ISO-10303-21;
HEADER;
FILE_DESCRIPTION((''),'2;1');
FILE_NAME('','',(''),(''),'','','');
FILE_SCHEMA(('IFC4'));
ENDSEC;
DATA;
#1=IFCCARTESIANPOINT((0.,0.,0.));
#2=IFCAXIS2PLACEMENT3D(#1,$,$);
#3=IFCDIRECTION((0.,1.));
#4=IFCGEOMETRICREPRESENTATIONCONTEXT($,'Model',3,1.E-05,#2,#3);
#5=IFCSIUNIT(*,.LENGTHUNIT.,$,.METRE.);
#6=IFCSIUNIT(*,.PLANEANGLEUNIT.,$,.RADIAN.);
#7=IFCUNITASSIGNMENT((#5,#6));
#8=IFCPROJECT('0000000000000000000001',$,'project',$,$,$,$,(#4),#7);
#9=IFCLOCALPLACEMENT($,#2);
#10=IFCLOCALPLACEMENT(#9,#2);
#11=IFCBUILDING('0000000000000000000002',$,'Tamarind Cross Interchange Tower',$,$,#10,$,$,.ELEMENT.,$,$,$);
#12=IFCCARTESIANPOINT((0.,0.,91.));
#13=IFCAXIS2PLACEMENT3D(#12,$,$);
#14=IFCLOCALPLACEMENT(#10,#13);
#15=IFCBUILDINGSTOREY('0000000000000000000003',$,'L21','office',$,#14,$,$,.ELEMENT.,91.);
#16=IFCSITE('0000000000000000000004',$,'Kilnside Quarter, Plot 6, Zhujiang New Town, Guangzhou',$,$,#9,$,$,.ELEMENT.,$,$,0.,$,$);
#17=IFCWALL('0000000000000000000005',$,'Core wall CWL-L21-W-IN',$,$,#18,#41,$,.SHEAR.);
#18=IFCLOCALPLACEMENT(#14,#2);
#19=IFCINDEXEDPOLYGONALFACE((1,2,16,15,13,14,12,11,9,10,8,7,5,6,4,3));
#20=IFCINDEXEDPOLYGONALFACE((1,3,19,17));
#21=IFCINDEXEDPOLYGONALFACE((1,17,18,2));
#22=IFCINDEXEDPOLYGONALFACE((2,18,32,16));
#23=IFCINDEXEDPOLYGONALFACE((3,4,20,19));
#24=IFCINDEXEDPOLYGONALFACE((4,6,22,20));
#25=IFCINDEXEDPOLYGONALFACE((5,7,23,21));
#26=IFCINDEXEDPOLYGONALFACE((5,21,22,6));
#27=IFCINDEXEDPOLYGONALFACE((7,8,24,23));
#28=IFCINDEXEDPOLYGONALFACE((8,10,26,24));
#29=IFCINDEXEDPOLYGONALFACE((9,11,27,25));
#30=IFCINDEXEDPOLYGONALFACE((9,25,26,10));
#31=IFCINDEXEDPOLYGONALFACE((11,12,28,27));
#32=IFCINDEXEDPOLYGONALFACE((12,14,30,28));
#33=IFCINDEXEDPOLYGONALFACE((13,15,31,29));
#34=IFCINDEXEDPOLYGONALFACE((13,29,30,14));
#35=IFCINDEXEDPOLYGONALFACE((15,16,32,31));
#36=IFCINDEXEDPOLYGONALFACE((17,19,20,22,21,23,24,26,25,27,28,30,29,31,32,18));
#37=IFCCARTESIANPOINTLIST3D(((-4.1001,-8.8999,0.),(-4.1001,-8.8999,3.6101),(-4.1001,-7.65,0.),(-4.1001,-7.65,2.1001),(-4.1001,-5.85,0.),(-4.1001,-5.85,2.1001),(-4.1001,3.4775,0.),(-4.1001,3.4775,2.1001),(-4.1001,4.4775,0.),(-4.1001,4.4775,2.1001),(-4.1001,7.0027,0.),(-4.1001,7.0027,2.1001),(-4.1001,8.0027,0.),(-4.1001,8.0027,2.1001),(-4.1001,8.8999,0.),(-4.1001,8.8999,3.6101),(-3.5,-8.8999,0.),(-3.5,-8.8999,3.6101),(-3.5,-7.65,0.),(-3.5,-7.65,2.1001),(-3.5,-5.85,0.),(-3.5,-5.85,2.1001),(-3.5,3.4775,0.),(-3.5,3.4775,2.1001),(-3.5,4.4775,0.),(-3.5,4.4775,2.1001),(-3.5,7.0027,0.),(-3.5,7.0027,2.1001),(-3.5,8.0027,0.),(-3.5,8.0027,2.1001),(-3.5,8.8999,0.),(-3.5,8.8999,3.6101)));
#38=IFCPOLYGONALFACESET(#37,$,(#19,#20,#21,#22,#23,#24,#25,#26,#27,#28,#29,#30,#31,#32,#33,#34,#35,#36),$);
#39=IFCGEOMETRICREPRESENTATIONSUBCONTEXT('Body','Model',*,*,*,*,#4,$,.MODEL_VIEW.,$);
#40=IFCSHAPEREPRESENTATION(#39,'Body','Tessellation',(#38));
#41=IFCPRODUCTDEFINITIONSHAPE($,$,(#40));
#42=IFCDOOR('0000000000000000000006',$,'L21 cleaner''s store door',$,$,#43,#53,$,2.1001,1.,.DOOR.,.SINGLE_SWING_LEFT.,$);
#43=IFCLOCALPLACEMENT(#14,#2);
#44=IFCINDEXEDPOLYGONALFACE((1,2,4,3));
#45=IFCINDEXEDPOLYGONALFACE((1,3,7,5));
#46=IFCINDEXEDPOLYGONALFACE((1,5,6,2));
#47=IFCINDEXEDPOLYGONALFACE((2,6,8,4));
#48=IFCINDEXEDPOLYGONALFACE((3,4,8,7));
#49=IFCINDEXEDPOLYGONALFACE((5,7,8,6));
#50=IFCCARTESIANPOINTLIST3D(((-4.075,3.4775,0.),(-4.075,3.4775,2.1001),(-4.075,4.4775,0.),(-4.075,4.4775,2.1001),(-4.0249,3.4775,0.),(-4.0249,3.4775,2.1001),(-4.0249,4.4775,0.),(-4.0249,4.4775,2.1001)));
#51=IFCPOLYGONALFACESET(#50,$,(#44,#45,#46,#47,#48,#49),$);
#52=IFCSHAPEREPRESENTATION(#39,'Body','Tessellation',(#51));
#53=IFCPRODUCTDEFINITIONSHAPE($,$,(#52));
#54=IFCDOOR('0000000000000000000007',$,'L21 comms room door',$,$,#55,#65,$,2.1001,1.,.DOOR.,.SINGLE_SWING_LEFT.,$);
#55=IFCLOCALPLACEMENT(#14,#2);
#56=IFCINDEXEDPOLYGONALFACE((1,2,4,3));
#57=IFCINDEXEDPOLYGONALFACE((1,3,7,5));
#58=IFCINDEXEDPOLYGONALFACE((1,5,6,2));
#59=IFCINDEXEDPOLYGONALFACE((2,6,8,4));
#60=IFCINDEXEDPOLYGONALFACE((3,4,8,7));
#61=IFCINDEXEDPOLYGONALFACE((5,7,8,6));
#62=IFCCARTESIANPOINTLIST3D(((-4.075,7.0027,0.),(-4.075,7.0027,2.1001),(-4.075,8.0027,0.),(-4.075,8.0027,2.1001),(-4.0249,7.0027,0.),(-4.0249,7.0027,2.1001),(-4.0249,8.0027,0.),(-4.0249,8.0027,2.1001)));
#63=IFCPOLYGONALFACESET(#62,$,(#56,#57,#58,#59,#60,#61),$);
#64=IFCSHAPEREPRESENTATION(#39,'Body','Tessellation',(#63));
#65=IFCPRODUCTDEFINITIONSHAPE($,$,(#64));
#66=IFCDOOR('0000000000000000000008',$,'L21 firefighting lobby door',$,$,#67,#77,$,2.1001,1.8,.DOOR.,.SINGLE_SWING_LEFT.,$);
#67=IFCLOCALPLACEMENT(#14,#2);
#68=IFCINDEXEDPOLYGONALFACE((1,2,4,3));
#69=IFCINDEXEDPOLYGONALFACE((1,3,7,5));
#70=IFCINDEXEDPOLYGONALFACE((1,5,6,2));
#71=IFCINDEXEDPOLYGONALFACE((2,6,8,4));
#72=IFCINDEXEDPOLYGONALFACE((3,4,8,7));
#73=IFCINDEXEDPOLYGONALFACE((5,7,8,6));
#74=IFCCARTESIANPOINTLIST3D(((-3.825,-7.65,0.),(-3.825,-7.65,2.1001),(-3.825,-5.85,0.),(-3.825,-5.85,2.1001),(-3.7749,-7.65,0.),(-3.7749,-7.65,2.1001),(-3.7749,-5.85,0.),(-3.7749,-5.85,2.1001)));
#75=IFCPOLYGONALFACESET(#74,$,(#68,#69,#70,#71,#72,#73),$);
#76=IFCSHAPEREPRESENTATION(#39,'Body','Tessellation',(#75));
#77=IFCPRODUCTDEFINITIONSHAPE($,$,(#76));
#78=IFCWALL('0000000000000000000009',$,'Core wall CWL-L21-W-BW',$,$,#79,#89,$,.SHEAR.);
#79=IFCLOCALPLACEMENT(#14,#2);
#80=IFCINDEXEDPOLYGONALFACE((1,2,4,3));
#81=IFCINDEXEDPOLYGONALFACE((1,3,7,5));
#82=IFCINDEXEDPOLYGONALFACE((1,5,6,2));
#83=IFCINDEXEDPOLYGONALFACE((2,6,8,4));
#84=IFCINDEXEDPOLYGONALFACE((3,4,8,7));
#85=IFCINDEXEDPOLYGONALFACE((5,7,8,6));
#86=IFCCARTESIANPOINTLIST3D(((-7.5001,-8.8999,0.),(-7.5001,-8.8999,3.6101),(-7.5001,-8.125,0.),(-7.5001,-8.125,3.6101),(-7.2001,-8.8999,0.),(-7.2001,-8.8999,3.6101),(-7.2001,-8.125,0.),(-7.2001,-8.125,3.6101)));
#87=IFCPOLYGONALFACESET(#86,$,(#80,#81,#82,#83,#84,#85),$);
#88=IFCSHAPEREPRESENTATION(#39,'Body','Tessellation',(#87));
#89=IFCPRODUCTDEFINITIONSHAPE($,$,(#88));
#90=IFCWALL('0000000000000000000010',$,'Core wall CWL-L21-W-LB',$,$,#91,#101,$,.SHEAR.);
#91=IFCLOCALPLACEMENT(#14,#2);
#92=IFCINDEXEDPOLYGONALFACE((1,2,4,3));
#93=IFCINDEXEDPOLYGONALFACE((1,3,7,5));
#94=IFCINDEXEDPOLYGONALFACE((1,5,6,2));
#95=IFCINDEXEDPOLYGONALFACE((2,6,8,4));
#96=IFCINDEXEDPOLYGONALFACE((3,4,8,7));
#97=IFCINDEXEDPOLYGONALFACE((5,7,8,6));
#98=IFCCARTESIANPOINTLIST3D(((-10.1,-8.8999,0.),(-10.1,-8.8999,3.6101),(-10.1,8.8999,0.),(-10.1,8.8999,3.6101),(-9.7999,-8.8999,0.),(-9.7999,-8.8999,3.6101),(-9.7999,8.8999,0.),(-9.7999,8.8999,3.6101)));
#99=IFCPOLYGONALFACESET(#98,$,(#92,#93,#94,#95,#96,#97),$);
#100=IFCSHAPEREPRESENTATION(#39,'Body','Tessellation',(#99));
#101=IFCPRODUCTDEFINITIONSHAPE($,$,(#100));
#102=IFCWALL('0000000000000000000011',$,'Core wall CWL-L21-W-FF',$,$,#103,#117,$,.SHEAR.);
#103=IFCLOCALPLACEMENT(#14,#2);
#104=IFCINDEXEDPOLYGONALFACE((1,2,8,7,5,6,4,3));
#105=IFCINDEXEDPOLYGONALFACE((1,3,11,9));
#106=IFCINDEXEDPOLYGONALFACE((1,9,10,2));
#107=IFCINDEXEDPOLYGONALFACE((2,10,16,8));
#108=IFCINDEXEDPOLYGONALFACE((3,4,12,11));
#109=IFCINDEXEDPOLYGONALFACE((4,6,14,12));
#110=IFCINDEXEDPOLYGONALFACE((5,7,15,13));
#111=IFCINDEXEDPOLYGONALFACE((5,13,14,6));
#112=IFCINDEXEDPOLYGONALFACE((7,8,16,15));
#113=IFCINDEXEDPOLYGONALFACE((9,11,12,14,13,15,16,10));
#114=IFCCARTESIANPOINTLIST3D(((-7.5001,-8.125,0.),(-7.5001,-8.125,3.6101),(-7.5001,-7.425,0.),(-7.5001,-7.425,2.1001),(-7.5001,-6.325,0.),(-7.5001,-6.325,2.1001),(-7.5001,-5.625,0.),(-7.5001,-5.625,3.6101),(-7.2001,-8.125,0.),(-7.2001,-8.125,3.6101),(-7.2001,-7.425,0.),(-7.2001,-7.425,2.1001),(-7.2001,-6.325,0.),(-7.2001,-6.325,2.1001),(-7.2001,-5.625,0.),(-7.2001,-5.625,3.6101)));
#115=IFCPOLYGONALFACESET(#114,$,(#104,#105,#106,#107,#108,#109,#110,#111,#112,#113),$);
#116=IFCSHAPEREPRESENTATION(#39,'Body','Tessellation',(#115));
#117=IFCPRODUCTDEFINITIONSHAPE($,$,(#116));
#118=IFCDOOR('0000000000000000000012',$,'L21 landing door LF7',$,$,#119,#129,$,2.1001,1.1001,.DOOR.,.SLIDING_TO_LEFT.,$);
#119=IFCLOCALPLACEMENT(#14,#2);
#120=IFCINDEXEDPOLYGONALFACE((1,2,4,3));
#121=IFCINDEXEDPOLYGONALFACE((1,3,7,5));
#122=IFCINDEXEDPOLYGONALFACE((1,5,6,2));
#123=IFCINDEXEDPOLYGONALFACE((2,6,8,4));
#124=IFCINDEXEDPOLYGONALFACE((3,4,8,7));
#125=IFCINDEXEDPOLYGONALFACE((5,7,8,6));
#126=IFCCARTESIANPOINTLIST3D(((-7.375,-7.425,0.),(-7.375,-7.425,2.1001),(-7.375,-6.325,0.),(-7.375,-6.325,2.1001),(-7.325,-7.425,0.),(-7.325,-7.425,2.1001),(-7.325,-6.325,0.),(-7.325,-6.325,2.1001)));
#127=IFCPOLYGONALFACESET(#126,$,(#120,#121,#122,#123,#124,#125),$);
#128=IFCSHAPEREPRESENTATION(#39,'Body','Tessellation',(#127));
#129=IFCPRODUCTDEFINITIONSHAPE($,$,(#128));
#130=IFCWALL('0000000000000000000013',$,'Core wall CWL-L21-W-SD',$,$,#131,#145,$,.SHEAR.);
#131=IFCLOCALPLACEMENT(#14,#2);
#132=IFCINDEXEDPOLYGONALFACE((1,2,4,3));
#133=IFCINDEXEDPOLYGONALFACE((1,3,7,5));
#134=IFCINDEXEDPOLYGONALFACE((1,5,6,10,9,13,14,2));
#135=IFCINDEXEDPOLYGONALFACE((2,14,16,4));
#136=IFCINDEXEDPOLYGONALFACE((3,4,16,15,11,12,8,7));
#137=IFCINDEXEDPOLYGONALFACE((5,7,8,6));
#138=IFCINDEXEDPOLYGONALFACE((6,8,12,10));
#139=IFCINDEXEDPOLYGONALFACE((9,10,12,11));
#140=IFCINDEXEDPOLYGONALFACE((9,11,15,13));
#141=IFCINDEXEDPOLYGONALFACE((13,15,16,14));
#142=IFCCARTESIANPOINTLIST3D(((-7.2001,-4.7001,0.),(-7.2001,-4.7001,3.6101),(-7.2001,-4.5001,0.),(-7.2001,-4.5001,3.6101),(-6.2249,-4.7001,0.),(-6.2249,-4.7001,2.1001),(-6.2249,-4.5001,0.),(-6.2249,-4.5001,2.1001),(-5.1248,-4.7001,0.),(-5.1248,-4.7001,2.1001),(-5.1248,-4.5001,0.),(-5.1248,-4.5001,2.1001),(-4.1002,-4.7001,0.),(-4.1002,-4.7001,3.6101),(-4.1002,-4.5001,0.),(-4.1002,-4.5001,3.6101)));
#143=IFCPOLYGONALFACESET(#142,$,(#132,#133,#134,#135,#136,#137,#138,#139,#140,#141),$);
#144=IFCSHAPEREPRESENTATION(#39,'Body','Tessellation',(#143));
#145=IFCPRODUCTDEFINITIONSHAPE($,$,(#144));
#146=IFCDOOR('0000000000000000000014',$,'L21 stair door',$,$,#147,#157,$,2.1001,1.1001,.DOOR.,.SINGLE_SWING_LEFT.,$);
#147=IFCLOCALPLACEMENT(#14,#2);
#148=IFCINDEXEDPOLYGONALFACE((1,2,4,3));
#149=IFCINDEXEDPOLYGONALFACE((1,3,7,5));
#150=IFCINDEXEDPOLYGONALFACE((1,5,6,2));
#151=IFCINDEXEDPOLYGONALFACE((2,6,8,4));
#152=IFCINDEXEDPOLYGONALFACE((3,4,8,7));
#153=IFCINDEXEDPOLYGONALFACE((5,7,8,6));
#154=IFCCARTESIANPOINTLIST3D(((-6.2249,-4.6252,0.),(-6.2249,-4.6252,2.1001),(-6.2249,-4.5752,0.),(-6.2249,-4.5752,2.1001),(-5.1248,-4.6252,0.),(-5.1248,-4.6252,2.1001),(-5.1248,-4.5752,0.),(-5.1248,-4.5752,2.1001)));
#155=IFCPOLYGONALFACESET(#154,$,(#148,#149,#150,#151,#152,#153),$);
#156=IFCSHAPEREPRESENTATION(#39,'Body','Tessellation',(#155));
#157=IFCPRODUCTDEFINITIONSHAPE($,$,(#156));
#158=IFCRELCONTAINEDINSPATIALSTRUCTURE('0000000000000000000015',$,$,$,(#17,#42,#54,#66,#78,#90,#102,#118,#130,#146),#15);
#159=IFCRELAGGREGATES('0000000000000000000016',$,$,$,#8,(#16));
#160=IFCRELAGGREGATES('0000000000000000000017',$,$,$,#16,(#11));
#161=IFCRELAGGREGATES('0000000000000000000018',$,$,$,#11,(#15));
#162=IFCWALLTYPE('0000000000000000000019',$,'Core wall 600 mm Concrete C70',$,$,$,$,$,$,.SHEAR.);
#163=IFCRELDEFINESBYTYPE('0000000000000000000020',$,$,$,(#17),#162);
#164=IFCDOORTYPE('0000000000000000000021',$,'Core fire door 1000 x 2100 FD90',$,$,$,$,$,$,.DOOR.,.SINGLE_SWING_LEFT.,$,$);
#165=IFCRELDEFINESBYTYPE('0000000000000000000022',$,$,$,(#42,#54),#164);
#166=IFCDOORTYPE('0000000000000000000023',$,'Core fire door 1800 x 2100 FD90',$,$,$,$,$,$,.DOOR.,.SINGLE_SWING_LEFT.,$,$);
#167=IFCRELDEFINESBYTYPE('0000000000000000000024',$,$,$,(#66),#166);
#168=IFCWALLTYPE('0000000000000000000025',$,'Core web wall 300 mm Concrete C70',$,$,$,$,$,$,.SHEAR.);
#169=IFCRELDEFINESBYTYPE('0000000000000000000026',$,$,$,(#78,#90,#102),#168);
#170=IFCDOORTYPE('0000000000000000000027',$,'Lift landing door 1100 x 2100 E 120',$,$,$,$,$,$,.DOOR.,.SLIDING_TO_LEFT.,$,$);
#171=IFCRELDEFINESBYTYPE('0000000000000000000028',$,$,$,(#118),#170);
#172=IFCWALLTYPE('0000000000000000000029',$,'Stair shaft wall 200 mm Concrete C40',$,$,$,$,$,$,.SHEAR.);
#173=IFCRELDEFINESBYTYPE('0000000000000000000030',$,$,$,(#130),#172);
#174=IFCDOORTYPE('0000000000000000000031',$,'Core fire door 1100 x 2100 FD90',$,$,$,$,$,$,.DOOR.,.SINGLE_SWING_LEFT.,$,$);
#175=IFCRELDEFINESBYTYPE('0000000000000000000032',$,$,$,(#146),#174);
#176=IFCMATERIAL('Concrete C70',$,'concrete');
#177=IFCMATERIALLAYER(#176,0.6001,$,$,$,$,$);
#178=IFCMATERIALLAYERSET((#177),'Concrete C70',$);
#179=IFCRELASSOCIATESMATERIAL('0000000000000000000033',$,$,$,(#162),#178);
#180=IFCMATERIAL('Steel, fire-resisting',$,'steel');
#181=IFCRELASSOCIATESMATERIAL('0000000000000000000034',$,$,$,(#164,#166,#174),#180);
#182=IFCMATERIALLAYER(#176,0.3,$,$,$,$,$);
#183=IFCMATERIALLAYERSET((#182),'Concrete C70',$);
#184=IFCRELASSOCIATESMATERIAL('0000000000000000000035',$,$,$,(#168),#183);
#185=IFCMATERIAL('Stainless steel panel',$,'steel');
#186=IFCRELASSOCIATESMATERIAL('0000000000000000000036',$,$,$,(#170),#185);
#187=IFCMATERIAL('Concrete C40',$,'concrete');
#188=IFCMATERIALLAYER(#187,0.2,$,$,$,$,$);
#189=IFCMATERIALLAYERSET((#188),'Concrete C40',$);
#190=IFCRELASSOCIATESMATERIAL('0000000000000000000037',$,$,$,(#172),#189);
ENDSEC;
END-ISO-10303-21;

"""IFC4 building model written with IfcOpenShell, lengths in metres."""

from ifc_helpers import new_model, si_unit, direction, frame, frame_2d, origin, place, context, subcontext, project, spatial, rectangle, extrude, material, layer, layer_set, type_object, element, fill, save


model = new_model("IFC4")

# Units and contexts
model_context = context("Model", 3, precision=1e-05, world=origin(), true_north=direction((0.0, 1.0)))
body_context = subcontext(model_context, "Body", "Model", "MODEL_VIEW")
ifc_project = project(units=[si_unit("LENGTHUNIT", "METRE"), si_unit("PLANEANGLEUNIT", "RADIAN")], contexts=[model_context])

# Site, building, storey
site_placement = place(None, origin())
site = spatial("IfcSite", under=ifc_project, at=site_placement, Name="Kilnside Quarter, Plot 6, Zhujiang New Town, Guangzhou", CompositionType="ELEMENT", RefElevation=0.0)
building_placement = place(site_placement, origin())
building = spatial("IfcBuilding", under=site, at=building_placement, Name="Tamarind Cross Interchange Tower", CompositionType="ELEMENT")
storey_placement = place(building_placement, frame((0.0, 0.0, 91.0)))
storey = spatial("IfcBuildingStorey", under=building, at=storey_placement, Name="L21", Description="office", CompositionType="ELEMENT", Elevation=91.0)

# Wall, openings, doors
ifc_material_1 = material(Name="Concrete C70", Category="concrete")
ifc_layer_1 = layer(ifc_material_1, 0.6001)
ifc_layer_set_1 = layer_set([ifc_layer_1], Name="Concrete C70")
wall_type_1 = type_object("IfcWallType", Name="Core wall 600 mm Concrete C70", PredefinedType="SHEAR", material=ifc_layer_set_1)
wall_1_placement = place(storey_placement, frame((-3.8, -8.8999, 0.0), z_axis=(0.0, 0.0, 1.0), x_axis=(0.0, 1.0, 0.0)))
wall_1 = element("IfcWall", 1, at=wall_1_placement, inside=storey, type_object=wall_type_1, Name="Core wall CWL-L21-W-IN", PredefinedType="SHEAR", context=body_context, shape_type="SweptSolid", body=[
    extrude(rectangle(XDim=17.7998, YDim=0.6001, at=frame_2d((8.8999, 0.0))), origin(), (0.0, 0.0, 1.0), 3.6101),
])
opening_1_placement = place(wall_1_placement, frame((1.25, 0.0, 0.0)))
opening_1 = element("IfcOpeningElement", 2, at=opening_1_placement, cuts=wall_1, PredefinedType="OPENING", context=body_context, shape_type="SweptSolid", body=[
    extrude(rectangle(XDim=1.8, YDim=2.1001, at=frame_2d((0.8999, 1.05))), frame((0.0, 0.3101, 0.0), z_axis=(0.0, -1.0, 0.0), x_axis=(1.0, 0.0, 0.0)), (0.0, 0.0, 1.0), 0.6201),
])
opening_2_placement = place(wall_1_placement, frame((12.3774, 0.0, 0.0)))
opening_2 = element("IfcOpeningElement", 3, at=opening_2_placement, cuts=wall_1, PredefinedType="OPENING", context=body_context, shape_type="SweptSolid", body=[
    extrude(rectangle(XDim=1.0, YDim=2.1001, at=frame_2d((0.5, 1.05))), frame((0.0, 0.3101, 0.0), z_axis=(0.0, -1.0, 0.0), x_axis=(1.0, 0.0, 0.0)), (0.0, 0.0, 1.0), 0.6201),
])
opening_3_placement = place(wall_1_placement, frame((15.9026, 0.0, 0.0)))
opening_3 = element("IfcOpeningElement", 4, at=opening_3_placement, cuts=wall_1, PredefinedType="OPENING", context=body_context, shape_type="SweptSolid", body=[
    extrude(rectangle(XDim=1.0, YDim=2.1001, at=frame_2d((0.5, 1.05))), frame((0.0, 0.3101, 0.0), z_axis=(0.0, -1.0, 0.0), x_axis=(1.0, 0.0, 0.0)), (0.0, 0.0, 1.0), 0.6201),
])
ifc_material_2 = material(Name="Steel, fire-resisting", Category="steel")
door_type_1 = type_object("IfcDoorType", Name="Core fire door 1000 x 2100 FD90", OperationType="SINGLE_SWING_LEFT", PredefinedType="DOOR", material=ifc_material_2)
door_1_placement = place(opening_2_placement, origin())
door_1 = element("IfcDoor", 5, at=door_1_placement, inside=storey, type_object=door_type_1, Name="L21 cleaner's store door", OperationType="SINGLE_SWING_LEFT", OverallHeight=2.1001, OverallWidth=1.0, PredefinedType="DOOR", context=body_context, shape_type="SweptSolid", body=[
    extrude(rectangle(XDim=1.0, YDim=2.1001, at=frame_2d((0.5, 1.05))), frame((0.0, 0.2749, 0.0), z_axis=(0.0, -1.0, 0.0), x_axis=(1.0, 0.0, 0.0)), (0.0, 0.0, 1.0), 0.05),
])
fill(opening_2, door_1)
door_2_placement = place(opening_3_placement, origin())
door_2 = element("IfcDoor", 6, at=door_2_placement, inside=storey, type_object=door_type_1, Name="L21 comms room door", OperationType="SINGLE_SWING_LEFT", OverallHeight=2.1001, OverallWidth=1.0, PredefinedType="DOOR", context=body_context, shape_type="SweptSolid", body=[
    extrude(rectangle(XDim=1.0, YDim=2.1001, at=frame_2d((0.5, 1.05))), frame((0.0, 0.2749, 0.0), z_axis=(0.0, -1.0, 0.0), x_axis=(1.0, 0.0, 0.0)), (0.0, 0.0, 1.0), 0.05),
])
fill(opening_3, door_2)
door_type_2 = type_object("IfcDoorType", Name="Core fire door 1800 x 2100 FD90", OperationType="SINGLE_SWING_LEFT", PredefinedType="DOOR", material=ifc_material_2)
door_3_placement = place(opening_1_placement, origin())
door_3 = element("IfcDoor", 7, at=door_3_placement, inside=storey, type_object=door_type_2, Name="L21 firefighting lobby door", OperationType="SINGLE_SWING_LEFT", OverallHeight=2.1001, OverallWidth=1.8, PredefinedType="DOOR", context=body_context, shape_type="SweptSolid", body=[
    extrude(rectangle(XDim=1.8, YDim=2.1001, at=frame_2d((0.8999, 1.05))), frame((0.0, 0.0249, 0.0), z_axis=(0.0, -1.0, 0.0), x_axis=(1.0, 0.0, 0.0)), (0.0, 0.0, 1.0), 0.05),
])
fill(opening_1, door_3)

# Walls
ifc_layer_2 = layer(ifc_material_1, 0.3)
ifc_layer_set_2 = layer_set([ifc_layer_2], Name="Concrete C70")
wall_type_2 = type_object("IfcWallType", Name="Core web wall 300 mm Concrete C70", PredefinedType="SHEAR", material=ifc_layer_set_2)
wall_2_placement = place(storey_placement, frame((-7.3501, -8.8999, 0.0), z_axis=(0.0, 0.0, 1.0), x_axis=(0.0, 1.0, 0.0)))
element("IfcWall", 8, at=wall_2_placement, inside=storey, type_object=wall_type_2, Name="Core wall CWL-L21-W-BW", PredefinedType="SHEAR", context=body_context, shape_type="SweptSolid", body=[
    extrude(rectangle(XDim=0.7749, YDim=0.3, at=frame_2d((0.3875, 0.0))), origin(), (0.0, 0.0, 1.0), 3.6101),
])
wall_3_placement = place(storey_placement, frame((-9.95, -8.8999, 0.0), z_axis=(0.0, 0.0, 1.0), x_axis=(0.0, 1.0, 0.0)))
element("IfcWall", 9, at=wall_3_placement, inside=storey, type_object=wall_type_2, Name="Core wall CWL-L21-W-LB", PredefinedType="SHEAR", context=body_context, shape_type="SweptSolid", body=[
    extrude(rectangle(XDim=17.7998, YDim=0.3, at=frame_2d((8.8999, 0.0))), origin(), (0.0, 0.0, 1.0), 3.6101),
])

# Walls, openings, doors
wall_4_placement = place(storey_placement, frame((-7.3501, -8.125, 0.0), z_axis=(0.0, 0.0, 1.0), x_axis=(0.0, 1.0, 0.0)))
wall_4 = element("IfcWall", 10, at=wall_4_placement, inside=storey, type_object=wall_type_2, Name="Core wall CWL-L21-W-FF", PredefinedType="SHEAR", context=body_context, shape_type="SweptSolid", body=[
    extrude(rectangle(XDim=2.5, YDim=0.3, at=frame_2d((1.25, 0.0))), origin(), (0.0, 0.0, 1.0), 3.6101),
])
opening_4_placement = place(wall_4_placement, frame((0.7, 0.0, 0.0)))
opening_4 = element("IfcOpeningElement", 11, at=opening_4_placement, cuts=wall_4, PredefinedType="OPENING", context=body_context, shape_type="SweptSolid", body=[
    extrude(rectangle(XDim=1.1001, YDim=2.1001, at=frame_2d((0.55, 1.05))), frame((0.0, 0.1599, 0.0), z_axis=(0.0, -1.0, 0.0), x_axis=(1.0, 0.0, 0.0)), (0.0, 0.0, 1.0), 0.3201),
])
ifc_material_3 = material(Name="Stainless steel panel", Category="steel")
door_type_3 = type_object("IfcDoorType", Name="Lift landing door 1100 x 2100 E 120", OperationType="SLIDING_TO_LEFT", PredefinedType="DOOR", material=ifc_material_3)
door_4_placement = place(opening_4_placement, origin())
door_4 = element("IfcDoor", 12, at=door_4_placement, inside=storey, type_object=door_type_3, Name="L21 landing door LF7", OperationType="SLIDING_TO_LEFT", OverallHeight=2.1001, OverallWidth=1.1001, PredefinedType="DOOR", context=body_context, shape_type="SweptSolid", body=[
    extrude(rectangle(XDim=1.1001, YDim=2.1001, at=frame_2d((0.55, 1.05))), frame((0.0, 0.0249, 0.0), z_axis=(0.0, -1.0, 0.0), x_axis=(1.0, 0.0, 0.0)), (0.0, 0.0, 1.0), 0.05),
])
fill(opening_4, door_4)
ifc_material_4 = material(Name="Concrete C40", Category="concrete")
ifc_layer_3 = layer(ifc_material_4, 0.2)
ifc_layer_set_3 = layer_set([ifc_layer_3], Name="Concrete C40")
wall_type_3 = type_object("IfcWallType", Name="Stair shaft wall 200 mm Concrete C40", PredefinedType="SHEAR", material=ifc_layer_set_3)
wall_5_placement = place(storey_placement, frame((-7.2, -4.6001, 0.0), z_axis=(0.0, 0.0, 1.0), x_axis=(1.0, 0.0, 0.0)))
wall_5 = element("IfcWall", 13, at=wall_5_placement, inside=storey, type_object=wall_type_3, Name="Core wall CWL-L21-W-SD", PredefinedType="SHEAR", context=body_context, shape_type="SweptSolid", body=[
    extrude(rectangle(XDim=3.0999, YDim=0.2, at=frame_2d((1.5498, 0.0))), origin(), (0.0, 0.0, 1.0), 3.6101),
])
opening_5_placement = place(wall_5_placement, frame((0.9751, 0.0, 0.0)))
opening_5 = element("IfcOpeningElement", 14, at=opening_5_placement, cuts=wall_5, PredefinedType="OPENING", context=body_context, shape_type="SweptSolid", body=[
    extrude(rectangle(XDim=1.1001, YDim=2.1001, at=frame_2d((0.55, 1.05))), frame((0.0, 0.1099, 0.0), z_axis=(0.0, -1.0, 0.0), x_axis=(1.0, 0.0, 0.0)), (0.0, 0.0, 1.0), 0.22),
])
door_type_4 = type_object("IfcDoorType", Name="Core fire door 1100 x 2100 FD90", OperationType="SINGLE_SWING_LEFT", PredefinedType="DOOR", material=ifc_material_2)
door_5_placement = place(opening_5_placement, origin())
door_5 = element("IfcDoor", 15, at=door_5_placement, inside=storey, type_object=door_type_4, Name="L21 stair door", OperationType="SINGLE_SWING_LEFT", OverallHeight=2.1001, OverallWidth=1.1001, PredefinedType="DOOR", context=body_context, shape_type="SweptSolid", body=[
    extrude(rectangle(XDim=1.1001, YDim=2.1001, at=frame_2d((0.55, 1.05))), frame((0.0, 0.0249, 0.0), z_axis=(0.0, -1.0, 0.0), x_axis=(1.0, 0.0, 0.0)), (0.0, 0.0, 1.0), 0.05),
])
fill(opening_5, door_5)

save(model, "model.ifc")
